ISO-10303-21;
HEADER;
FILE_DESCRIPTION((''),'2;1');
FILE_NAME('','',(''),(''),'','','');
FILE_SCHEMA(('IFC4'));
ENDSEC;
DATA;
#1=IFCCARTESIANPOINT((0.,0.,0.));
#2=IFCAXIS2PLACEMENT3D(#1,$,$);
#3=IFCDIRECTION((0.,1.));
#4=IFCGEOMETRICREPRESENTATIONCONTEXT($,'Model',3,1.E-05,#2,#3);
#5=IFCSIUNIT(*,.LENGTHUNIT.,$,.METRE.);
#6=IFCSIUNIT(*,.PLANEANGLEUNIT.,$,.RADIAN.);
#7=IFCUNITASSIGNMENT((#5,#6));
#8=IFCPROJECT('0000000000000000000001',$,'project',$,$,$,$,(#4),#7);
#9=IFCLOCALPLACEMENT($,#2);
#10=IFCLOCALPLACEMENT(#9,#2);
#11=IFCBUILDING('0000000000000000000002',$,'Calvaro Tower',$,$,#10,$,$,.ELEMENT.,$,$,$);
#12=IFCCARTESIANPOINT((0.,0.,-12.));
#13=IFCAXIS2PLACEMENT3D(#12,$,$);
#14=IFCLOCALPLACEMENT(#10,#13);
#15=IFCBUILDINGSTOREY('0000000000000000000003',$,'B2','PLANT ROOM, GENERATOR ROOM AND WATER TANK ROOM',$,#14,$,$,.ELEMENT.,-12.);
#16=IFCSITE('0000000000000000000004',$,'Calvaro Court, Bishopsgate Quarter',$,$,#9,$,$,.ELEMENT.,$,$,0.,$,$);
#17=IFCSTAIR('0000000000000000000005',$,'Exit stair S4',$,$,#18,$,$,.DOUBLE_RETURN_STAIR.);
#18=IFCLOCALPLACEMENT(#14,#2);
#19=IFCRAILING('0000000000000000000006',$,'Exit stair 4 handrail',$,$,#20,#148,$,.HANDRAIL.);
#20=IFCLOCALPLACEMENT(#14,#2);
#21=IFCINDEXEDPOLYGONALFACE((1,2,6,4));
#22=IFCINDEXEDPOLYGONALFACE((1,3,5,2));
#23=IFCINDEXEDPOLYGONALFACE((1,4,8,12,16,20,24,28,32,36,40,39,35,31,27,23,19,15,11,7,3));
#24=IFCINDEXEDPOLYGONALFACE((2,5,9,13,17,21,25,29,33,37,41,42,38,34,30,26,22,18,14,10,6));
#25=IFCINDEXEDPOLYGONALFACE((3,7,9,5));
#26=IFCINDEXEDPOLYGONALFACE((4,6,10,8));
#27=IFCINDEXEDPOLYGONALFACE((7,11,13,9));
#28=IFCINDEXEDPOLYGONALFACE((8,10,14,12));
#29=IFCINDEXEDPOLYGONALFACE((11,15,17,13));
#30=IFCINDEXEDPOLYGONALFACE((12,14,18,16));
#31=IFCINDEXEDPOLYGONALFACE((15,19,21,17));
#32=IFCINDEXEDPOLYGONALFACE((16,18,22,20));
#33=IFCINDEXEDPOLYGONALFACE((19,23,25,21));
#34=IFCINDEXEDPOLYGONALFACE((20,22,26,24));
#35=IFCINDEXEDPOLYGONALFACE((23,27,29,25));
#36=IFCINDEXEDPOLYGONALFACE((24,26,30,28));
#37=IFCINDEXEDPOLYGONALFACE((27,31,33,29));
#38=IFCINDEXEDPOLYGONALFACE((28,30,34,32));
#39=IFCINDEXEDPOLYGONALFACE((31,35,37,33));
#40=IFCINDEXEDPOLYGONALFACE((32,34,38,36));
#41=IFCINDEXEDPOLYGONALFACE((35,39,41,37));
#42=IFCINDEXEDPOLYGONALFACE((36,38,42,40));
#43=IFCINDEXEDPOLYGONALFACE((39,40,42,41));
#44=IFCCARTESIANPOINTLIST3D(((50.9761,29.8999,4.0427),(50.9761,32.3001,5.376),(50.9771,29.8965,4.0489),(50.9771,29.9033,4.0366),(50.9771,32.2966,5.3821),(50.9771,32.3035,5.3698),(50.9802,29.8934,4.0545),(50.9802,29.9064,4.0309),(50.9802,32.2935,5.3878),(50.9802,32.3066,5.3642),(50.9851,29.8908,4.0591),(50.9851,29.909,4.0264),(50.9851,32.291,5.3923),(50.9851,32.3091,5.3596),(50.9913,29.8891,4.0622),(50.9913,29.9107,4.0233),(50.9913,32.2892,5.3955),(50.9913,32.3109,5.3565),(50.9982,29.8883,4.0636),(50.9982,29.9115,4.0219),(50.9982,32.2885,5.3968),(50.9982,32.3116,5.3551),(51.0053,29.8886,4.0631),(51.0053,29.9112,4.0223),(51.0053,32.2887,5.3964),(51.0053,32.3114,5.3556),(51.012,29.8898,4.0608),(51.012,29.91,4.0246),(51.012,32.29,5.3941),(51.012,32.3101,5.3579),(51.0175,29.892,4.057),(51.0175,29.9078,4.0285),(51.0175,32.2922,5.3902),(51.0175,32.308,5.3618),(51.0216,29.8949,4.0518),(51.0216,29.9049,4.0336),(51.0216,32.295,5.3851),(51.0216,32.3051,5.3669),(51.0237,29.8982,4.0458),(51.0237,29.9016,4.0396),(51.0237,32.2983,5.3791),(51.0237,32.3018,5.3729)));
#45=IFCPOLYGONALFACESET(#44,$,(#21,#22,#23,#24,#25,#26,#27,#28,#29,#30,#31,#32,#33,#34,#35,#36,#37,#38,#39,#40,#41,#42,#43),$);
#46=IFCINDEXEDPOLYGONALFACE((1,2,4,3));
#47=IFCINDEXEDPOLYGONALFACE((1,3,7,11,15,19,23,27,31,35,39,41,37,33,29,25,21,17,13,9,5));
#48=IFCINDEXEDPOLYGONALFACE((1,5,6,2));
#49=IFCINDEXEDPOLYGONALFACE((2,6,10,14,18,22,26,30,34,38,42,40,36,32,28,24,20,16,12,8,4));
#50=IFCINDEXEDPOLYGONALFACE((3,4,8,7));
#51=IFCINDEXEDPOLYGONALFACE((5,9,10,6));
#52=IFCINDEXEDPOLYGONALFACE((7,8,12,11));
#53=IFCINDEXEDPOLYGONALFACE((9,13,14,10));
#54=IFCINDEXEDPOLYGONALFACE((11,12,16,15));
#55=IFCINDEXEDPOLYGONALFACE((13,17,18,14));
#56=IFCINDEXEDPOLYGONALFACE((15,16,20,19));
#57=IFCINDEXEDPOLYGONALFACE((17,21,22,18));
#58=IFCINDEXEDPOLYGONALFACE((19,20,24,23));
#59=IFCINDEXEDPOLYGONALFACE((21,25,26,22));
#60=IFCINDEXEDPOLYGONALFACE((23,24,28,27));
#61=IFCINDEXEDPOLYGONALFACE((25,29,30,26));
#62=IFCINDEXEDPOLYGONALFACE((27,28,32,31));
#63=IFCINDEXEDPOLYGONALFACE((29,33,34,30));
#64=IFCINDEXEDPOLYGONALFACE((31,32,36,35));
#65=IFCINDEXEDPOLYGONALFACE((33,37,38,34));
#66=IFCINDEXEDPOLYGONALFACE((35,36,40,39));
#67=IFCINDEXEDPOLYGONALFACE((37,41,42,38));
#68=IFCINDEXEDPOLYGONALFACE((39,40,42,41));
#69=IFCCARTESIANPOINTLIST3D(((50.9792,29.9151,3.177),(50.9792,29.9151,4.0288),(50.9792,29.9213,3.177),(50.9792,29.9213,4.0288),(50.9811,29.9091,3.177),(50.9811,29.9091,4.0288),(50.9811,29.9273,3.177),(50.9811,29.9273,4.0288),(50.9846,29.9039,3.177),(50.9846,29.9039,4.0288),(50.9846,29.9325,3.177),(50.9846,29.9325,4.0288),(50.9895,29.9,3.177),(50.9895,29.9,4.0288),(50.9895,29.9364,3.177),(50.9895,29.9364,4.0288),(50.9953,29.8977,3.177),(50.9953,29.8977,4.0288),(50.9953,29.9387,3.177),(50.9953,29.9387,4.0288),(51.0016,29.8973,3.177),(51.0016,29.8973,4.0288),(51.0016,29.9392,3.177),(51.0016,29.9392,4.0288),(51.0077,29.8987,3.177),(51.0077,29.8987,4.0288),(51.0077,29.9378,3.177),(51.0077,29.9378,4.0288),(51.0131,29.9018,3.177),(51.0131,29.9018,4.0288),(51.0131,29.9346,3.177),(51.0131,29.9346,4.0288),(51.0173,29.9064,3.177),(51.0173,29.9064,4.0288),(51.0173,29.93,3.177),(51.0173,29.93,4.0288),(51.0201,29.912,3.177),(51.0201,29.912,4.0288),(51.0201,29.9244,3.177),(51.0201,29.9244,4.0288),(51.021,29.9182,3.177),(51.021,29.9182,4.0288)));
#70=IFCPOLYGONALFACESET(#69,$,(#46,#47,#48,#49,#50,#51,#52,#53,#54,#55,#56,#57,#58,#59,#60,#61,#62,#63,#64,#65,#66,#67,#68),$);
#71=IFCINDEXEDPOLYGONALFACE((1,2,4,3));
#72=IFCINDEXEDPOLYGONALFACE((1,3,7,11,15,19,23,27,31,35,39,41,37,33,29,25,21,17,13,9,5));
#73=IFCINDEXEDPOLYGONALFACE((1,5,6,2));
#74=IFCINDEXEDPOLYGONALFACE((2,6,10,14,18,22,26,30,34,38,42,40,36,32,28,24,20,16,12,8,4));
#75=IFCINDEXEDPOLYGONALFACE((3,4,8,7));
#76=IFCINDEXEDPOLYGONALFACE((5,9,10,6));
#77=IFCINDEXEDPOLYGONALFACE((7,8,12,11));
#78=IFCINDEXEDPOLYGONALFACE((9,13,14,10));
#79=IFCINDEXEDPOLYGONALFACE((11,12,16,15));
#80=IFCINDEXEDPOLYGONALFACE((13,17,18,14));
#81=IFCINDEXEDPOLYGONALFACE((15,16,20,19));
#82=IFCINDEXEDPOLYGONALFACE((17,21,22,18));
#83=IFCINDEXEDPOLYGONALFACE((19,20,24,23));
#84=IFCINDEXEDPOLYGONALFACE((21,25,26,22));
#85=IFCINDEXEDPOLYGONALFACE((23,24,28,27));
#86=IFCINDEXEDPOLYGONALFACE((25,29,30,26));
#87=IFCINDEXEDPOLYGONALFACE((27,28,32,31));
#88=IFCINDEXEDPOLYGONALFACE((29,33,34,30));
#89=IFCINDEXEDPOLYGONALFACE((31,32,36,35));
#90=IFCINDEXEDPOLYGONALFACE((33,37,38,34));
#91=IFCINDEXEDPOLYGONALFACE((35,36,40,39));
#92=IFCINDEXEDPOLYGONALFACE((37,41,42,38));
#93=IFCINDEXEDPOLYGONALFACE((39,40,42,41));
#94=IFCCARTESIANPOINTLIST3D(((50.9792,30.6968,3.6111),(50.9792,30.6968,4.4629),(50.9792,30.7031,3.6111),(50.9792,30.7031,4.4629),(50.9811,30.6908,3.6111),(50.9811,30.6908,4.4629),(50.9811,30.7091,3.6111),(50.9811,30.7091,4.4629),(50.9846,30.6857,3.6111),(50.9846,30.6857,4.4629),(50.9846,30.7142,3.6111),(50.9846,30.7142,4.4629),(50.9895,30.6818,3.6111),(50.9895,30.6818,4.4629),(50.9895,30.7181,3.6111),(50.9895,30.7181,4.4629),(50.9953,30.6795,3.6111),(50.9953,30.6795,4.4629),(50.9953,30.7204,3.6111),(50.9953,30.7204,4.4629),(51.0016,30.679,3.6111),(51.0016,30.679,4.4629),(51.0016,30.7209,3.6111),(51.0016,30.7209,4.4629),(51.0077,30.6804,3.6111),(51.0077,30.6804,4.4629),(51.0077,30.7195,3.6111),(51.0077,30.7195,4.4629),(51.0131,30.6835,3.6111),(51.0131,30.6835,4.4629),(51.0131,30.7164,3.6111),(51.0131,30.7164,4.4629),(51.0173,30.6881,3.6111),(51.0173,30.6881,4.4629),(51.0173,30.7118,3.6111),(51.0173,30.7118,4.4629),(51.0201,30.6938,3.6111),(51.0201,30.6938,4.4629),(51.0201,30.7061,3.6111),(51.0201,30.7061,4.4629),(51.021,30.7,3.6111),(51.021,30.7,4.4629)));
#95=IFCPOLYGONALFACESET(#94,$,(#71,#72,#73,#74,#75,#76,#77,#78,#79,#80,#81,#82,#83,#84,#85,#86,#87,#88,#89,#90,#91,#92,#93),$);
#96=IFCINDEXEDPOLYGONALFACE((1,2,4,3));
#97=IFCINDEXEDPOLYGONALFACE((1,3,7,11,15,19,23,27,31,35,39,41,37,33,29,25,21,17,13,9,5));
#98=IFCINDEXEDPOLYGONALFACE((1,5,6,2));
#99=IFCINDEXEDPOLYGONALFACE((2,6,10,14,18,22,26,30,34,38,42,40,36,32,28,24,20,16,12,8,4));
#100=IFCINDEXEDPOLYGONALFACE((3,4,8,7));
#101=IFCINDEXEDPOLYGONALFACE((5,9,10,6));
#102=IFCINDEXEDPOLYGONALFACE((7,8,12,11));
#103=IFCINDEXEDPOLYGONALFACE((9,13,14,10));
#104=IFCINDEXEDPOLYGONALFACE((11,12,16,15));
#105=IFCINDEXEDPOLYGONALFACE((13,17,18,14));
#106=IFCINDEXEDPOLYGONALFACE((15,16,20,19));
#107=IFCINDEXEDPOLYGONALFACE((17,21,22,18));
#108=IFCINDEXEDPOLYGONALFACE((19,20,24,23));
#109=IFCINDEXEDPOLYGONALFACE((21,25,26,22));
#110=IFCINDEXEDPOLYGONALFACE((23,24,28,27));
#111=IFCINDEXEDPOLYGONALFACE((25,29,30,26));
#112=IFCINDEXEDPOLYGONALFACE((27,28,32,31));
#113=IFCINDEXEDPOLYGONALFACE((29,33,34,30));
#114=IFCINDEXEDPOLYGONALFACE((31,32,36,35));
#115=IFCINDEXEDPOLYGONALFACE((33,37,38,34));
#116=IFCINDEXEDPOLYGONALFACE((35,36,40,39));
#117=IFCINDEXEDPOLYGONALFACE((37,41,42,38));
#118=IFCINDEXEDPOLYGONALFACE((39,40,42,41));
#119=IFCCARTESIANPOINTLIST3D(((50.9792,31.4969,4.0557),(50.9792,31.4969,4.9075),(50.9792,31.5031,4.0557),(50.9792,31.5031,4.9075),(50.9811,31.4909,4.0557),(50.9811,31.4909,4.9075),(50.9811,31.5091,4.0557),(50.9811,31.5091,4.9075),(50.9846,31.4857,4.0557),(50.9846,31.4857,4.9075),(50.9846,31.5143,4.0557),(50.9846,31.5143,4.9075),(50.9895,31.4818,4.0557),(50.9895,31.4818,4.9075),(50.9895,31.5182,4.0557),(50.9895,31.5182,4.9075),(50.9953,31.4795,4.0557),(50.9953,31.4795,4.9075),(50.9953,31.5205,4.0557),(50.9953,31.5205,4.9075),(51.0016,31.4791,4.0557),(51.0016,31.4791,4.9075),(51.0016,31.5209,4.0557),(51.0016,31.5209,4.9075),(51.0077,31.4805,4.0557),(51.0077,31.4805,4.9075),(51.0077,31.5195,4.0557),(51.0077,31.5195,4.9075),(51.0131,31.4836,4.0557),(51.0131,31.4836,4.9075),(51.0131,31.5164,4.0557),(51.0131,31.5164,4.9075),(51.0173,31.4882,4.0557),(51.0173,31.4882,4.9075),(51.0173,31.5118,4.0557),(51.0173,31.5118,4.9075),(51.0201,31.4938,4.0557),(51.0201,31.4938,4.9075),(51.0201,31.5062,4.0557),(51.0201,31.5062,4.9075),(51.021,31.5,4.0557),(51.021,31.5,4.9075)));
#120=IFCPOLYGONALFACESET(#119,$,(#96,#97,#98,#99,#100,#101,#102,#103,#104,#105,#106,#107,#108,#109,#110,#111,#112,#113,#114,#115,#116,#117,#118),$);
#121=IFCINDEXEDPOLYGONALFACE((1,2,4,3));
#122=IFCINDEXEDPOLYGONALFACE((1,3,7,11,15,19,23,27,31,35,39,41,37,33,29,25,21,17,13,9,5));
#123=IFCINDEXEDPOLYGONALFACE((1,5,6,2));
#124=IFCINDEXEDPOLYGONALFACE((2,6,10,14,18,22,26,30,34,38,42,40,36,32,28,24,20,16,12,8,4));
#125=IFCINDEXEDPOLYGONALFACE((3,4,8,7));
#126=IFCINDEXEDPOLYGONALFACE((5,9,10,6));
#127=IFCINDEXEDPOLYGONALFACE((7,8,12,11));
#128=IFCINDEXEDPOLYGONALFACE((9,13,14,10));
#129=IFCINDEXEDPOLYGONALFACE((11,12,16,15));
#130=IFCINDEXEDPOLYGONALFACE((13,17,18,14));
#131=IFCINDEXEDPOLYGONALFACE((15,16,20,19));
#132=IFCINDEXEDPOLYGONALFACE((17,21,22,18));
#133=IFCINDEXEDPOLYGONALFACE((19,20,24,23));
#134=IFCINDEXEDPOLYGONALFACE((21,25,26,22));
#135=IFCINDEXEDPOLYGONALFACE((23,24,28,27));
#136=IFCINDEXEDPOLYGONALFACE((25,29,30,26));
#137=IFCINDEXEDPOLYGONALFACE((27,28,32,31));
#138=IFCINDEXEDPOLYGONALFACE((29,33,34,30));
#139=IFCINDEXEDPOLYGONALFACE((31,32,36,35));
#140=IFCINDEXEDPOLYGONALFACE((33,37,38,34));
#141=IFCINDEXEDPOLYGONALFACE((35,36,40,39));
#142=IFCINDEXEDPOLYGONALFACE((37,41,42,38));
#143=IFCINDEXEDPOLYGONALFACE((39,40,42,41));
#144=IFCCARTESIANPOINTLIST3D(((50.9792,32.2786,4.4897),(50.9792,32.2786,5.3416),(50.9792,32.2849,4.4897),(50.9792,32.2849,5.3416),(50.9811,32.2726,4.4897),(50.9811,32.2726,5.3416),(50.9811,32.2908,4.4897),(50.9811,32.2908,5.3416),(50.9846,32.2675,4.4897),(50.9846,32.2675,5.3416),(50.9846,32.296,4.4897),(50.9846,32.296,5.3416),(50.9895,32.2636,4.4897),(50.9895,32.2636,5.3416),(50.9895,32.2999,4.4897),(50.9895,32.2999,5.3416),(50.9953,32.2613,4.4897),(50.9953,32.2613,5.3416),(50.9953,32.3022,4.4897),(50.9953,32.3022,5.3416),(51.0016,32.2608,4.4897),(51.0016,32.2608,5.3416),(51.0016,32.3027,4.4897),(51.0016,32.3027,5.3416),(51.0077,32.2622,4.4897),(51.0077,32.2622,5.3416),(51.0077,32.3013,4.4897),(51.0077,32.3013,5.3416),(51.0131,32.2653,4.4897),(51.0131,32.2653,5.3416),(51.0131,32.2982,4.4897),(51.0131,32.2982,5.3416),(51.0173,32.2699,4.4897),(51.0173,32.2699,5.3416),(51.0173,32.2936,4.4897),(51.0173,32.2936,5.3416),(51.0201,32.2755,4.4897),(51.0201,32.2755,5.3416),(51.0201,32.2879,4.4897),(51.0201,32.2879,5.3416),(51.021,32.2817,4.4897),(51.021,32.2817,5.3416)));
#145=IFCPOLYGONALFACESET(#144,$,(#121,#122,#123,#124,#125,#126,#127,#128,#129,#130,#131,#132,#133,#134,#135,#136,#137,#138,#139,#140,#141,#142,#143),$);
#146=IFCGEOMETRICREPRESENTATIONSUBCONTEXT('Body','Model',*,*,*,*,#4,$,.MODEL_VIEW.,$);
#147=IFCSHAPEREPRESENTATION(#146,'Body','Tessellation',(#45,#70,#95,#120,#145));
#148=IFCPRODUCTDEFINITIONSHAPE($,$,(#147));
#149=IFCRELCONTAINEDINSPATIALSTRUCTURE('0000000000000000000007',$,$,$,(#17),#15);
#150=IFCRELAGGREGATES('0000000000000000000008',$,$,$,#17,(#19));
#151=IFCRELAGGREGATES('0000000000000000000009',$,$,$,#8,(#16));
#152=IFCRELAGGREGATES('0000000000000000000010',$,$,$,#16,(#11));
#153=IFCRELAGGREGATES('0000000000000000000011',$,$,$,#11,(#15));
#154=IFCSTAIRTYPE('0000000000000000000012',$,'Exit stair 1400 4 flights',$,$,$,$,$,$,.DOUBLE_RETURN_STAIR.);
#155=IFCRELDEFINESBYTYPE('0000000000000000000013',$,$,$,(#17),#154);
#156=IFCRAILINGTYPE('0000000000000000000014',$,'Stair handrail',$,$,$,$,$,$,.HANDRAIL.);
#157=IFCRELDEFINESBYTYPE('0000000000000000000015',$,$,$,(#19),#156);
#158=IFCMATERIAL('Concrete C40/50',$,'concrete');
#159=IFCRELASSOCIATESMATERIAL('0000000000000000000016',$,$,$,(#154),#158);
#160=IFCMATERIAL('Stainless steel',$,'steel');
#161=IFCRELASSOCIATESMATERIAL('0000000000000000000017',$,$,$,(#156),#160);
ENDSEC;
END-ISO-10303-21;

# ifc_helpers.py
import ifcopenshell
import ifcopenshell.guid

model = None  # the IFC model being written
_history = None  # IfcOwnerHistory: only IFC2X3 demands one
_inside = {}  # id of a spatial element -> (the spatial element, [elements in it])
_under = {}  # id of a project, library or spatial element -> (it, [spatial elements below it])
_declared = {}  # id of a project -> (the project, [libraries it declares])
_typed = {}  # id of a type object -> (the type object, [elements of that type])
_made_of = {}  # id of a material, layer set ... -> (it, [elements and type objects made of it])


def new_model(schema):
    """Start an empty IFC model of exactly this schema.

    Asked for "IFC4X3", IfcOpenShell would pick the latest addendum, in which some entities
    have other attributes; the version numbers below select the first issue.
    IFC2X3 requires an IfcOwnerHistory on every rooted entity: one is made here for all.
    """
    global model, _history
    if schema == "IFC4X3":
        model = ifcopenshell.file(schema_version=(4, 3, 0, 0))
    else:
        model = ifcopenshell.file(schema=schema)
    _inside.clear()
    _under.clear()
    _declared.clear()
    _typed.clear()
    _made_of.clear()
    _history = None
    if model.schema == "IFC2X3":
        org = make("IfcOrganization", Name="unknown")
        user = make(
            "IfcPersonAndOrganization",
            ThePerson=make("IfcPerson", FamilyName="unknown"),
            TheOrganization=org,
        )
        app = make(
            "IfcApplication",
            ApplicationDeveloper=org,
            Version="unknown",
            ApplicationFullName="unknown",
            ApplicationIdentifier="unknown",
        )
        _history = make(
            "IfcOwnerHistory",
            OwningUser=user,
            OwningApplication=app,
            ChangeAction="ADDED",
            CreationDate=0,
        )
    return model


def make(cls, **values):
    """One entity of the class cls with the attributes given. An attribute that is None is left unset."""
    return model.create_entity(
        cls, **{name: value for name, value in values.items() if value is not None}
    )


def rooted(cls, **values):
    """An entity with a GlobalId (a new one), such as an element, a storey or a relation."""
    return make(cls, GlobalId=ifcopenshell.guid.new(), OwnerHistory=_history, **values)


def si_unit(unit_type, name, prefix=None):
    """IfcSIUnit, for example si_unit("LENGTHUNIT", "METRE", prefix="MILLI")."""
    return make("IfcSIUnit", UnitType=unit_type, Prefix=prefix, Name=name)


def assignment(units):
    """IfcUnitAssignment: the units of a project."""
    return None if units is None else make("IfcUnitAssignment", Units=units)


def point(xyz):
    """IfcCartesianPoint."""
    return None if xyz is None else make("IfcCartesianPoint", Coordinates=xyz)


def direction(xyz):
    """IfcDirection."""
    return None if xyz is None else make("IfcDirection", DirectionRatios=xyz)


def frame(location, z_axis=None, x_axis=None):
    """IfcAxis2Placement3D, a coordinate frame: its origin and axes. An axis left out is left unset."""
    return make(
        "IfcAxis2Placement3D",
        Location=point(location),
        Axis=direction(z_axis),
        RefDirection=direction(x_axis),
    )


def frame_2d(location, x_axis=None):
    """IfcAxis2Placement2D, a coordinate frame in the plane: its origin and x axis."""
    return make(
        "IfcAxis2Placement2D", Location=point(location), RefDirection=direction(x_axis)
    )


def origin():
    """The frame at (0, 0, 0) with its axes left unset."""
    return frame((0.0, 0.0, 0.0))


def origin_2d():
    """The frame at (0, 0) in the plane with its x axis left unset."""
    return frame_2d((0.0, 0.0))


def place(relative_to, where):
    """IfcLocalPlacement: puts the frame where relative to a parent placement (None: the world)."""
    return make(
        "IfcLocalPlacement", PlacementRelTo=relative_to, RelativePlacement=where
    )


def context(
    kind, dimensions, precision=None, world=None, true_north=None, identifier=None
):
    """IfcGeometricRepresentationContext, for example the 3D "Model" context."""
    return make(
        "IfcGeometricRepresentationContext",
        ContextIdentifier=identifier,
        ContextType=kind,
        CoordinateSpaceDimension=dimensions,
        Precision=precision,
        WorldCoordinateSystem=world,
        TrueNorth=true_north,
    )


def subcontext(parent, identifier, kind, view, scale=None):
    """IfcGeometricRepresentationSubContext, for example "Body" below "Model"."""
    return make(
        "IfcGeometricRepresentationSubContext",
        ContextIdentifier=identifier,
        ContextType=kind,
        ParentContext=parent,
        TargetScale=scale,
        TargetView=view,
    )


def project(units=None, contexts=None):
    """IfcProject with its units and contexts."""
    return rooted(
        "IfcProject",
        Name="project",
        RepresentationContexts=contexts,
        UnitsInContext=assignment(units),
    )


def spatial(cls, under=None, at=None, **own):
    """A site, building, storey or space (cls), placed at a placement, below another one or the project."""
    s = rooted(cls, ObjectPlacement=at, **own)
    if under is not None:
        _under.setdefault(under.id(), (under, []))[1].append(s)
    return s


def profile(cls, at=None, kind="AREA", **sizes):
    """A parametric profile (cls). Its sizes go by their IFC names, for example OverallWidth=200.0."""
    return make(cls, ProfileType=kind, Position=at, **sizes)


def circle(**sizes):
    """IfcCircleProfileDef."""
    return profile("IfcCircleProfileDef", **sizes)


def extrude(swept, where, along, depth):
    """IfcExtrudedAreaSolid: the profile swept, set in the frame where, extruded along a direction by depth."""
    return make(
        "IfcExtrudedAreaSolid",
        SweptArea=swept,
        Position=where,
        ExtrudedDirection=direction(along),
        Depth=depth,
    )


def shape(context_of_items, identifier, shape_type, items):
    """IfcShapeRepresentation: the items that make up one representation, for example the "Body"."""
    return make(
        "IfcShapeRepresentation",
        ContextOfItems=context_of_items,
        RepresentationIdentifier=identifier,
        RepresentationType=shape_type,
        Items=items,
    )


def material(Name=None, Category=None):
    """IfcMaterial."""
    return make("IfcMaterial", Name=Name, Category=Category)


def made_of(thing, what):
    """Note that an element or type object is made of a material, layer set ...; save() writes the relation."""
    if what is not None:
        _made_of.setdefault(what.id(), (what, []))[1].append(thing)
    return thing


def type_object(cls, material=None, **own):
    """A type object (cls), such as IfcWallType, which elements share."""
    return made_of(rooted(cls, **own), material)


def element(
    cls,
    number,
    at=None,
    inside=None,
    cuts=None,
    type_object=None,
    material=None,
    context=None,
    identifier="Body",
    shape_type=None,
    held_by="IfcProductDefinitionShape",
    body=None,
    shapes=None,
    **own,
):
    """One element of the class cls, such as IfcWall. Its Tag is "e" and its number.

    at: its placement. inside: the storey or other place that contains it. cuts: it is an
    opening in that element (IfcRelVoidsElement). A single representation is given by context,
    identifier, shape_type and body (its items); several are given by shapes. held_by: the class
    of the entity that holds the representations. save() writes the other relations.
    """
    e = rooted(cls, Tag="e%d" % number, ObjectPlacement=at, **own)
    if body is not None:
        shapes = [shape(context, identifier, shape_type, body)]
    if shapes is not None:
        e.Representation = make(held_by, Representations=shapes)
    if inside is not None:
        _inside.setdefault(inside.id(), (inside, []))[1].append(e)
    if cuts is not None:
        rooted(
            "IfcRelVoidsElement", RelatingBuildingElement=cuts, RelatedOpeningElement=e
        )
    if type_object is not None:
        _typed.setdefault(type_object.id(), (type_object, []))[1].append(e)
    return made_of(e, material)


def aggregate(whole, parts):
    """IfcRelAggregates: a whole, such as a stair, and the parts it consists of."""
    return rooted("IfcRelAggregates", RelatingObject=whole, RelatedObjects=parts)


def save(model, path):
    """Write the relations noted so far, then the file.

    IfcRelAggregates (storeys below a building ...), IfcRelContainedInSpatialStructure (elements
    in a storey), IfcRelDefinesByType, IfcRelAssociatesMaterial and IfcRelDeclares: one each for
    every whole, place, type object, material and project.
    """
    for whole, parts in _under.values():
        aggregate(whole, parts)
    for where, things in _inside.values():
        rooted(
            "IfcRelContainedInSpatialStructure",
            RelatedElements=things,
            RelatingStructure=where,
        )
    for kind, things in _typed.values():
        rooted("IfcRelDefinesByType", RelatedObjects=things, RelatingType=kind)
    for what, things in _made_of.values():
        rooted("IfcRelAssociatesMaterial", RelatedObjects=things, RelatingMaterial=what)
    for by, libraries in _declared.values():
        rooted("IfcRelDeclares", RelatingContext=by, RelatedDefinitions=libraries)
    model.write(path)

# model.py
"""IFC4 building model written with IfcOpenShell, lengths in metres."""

from ifc_helpers import new_model, si_unit, direction, frame, origin, origin_2d, place, context, subcontext, project, spatial, circle, extrude, material, type_object, element, aggregate, save


model = new_model("IFC4")

# Units and contexts
model_context = context("Model", 3, precision=1e-05, world=origin(), true_north=direction((0.0, 1.0)))
body_context = subcontext(model_context, "Body", "Model", "MODEL_VIEW")
ifc_project = project(units=[si_unit("LENGTHUNIT", "METRE"), si_unit("PLANEANGLEUNIT", "RADIAN")], contexts=[model_context])

# Site, building, storey
site_placement = place(None, origin())
site = spatial("IfcSite", under=ifc_project, at=site_placement, Name="Calvaro Court, Bishopsgate Quarter", CompositionType="ELEMENT", RefElevation=0.0)
building_placement = place(site_placement, origin())
building = spatial("IfcBuilding", under=site, at=building_placement, Name="Calvaro Tower", CompositionType="ELEMENT")
storey_placement = place(building_placement, frame((0.0, 0.0, -12.0)))
storey = spatial("IfcBuildingStorey", under=building, at=storey_placement, Name="B2", Description="PLANT ROOM, GENERATOR ROOM AND WATER TANK ROOM", CompositionType="ELEMENT", Elevation=-12.0)

# Stair, railing
ifc_material_1 = material(Name="Concrete C40/50", Category="concrete")
stair_type = type_object("IfcStairType", Name="Exit stair 1400 4 flights", PredefinedType="DOUBLE_RETURN_STAIR", material=ifc_material_1)
stair_placement = place(storey_placement, origin())
stair = element("IfcStair", 1, at=stair_placement, inside=storey, type_object=stair_type, Name="Exit stair S4", PredefinedType="DOUBLE_RETURN_STAIR")
ifc_material_2 = material(Name="Stainless steel", Category="steel")
railing_type = type_object("IfcRailingType", Name="Stair handrail", PredefinedType="HANDRAIL", material=ifc_material_2)
railing_1_placement = place(storey_placement, frame((51.0, 29.8999, 3.1667)))
railing_1 = element("IfcRailing", 2, at=railing_1_placement, type_object=railing_type, Name="Exit stair 4 handrail", PredefinedType="HANDRAIL", context=body_context, shape_type="SweptSolid", body=[
    extrude(circle(Radius=0.0239, at=origin_2d()), frame((0.0, 0.0, 0.876), z_axis=(0.0, 0.874182, 0.485598), x_axis=(-1.0, 0.0, 0.0)), (0.0, 0.0, 1.0), 2.7456),
    extrude(circle(Radius=0.021, at=origin_2d()), frame((0.0, 0.0183, 0.0103)), (0.0, 0.0, 1.0), 0.8518),
    extrude(circle(Radius=0.021, at=origin_2d()), frame((0.0, 0.8, 0.4443)), (0.0, 0.0, 1.0), 0.8518),
    extrude(circle(Radius=0.021, at=origin_2d()), frame((0.0, 1.6001, 0.8889)), (0.0, 0.0, 1.0), 0.8518),
    extrude(circle(Radius=0.021, at=origin_2d()), frame((0.0, 2.3818, 1.323)), (0.0, 0.0, 1.0), 0.8518),
])
aggregate(stair, [railing_1])

save(model, "model.ifc")
